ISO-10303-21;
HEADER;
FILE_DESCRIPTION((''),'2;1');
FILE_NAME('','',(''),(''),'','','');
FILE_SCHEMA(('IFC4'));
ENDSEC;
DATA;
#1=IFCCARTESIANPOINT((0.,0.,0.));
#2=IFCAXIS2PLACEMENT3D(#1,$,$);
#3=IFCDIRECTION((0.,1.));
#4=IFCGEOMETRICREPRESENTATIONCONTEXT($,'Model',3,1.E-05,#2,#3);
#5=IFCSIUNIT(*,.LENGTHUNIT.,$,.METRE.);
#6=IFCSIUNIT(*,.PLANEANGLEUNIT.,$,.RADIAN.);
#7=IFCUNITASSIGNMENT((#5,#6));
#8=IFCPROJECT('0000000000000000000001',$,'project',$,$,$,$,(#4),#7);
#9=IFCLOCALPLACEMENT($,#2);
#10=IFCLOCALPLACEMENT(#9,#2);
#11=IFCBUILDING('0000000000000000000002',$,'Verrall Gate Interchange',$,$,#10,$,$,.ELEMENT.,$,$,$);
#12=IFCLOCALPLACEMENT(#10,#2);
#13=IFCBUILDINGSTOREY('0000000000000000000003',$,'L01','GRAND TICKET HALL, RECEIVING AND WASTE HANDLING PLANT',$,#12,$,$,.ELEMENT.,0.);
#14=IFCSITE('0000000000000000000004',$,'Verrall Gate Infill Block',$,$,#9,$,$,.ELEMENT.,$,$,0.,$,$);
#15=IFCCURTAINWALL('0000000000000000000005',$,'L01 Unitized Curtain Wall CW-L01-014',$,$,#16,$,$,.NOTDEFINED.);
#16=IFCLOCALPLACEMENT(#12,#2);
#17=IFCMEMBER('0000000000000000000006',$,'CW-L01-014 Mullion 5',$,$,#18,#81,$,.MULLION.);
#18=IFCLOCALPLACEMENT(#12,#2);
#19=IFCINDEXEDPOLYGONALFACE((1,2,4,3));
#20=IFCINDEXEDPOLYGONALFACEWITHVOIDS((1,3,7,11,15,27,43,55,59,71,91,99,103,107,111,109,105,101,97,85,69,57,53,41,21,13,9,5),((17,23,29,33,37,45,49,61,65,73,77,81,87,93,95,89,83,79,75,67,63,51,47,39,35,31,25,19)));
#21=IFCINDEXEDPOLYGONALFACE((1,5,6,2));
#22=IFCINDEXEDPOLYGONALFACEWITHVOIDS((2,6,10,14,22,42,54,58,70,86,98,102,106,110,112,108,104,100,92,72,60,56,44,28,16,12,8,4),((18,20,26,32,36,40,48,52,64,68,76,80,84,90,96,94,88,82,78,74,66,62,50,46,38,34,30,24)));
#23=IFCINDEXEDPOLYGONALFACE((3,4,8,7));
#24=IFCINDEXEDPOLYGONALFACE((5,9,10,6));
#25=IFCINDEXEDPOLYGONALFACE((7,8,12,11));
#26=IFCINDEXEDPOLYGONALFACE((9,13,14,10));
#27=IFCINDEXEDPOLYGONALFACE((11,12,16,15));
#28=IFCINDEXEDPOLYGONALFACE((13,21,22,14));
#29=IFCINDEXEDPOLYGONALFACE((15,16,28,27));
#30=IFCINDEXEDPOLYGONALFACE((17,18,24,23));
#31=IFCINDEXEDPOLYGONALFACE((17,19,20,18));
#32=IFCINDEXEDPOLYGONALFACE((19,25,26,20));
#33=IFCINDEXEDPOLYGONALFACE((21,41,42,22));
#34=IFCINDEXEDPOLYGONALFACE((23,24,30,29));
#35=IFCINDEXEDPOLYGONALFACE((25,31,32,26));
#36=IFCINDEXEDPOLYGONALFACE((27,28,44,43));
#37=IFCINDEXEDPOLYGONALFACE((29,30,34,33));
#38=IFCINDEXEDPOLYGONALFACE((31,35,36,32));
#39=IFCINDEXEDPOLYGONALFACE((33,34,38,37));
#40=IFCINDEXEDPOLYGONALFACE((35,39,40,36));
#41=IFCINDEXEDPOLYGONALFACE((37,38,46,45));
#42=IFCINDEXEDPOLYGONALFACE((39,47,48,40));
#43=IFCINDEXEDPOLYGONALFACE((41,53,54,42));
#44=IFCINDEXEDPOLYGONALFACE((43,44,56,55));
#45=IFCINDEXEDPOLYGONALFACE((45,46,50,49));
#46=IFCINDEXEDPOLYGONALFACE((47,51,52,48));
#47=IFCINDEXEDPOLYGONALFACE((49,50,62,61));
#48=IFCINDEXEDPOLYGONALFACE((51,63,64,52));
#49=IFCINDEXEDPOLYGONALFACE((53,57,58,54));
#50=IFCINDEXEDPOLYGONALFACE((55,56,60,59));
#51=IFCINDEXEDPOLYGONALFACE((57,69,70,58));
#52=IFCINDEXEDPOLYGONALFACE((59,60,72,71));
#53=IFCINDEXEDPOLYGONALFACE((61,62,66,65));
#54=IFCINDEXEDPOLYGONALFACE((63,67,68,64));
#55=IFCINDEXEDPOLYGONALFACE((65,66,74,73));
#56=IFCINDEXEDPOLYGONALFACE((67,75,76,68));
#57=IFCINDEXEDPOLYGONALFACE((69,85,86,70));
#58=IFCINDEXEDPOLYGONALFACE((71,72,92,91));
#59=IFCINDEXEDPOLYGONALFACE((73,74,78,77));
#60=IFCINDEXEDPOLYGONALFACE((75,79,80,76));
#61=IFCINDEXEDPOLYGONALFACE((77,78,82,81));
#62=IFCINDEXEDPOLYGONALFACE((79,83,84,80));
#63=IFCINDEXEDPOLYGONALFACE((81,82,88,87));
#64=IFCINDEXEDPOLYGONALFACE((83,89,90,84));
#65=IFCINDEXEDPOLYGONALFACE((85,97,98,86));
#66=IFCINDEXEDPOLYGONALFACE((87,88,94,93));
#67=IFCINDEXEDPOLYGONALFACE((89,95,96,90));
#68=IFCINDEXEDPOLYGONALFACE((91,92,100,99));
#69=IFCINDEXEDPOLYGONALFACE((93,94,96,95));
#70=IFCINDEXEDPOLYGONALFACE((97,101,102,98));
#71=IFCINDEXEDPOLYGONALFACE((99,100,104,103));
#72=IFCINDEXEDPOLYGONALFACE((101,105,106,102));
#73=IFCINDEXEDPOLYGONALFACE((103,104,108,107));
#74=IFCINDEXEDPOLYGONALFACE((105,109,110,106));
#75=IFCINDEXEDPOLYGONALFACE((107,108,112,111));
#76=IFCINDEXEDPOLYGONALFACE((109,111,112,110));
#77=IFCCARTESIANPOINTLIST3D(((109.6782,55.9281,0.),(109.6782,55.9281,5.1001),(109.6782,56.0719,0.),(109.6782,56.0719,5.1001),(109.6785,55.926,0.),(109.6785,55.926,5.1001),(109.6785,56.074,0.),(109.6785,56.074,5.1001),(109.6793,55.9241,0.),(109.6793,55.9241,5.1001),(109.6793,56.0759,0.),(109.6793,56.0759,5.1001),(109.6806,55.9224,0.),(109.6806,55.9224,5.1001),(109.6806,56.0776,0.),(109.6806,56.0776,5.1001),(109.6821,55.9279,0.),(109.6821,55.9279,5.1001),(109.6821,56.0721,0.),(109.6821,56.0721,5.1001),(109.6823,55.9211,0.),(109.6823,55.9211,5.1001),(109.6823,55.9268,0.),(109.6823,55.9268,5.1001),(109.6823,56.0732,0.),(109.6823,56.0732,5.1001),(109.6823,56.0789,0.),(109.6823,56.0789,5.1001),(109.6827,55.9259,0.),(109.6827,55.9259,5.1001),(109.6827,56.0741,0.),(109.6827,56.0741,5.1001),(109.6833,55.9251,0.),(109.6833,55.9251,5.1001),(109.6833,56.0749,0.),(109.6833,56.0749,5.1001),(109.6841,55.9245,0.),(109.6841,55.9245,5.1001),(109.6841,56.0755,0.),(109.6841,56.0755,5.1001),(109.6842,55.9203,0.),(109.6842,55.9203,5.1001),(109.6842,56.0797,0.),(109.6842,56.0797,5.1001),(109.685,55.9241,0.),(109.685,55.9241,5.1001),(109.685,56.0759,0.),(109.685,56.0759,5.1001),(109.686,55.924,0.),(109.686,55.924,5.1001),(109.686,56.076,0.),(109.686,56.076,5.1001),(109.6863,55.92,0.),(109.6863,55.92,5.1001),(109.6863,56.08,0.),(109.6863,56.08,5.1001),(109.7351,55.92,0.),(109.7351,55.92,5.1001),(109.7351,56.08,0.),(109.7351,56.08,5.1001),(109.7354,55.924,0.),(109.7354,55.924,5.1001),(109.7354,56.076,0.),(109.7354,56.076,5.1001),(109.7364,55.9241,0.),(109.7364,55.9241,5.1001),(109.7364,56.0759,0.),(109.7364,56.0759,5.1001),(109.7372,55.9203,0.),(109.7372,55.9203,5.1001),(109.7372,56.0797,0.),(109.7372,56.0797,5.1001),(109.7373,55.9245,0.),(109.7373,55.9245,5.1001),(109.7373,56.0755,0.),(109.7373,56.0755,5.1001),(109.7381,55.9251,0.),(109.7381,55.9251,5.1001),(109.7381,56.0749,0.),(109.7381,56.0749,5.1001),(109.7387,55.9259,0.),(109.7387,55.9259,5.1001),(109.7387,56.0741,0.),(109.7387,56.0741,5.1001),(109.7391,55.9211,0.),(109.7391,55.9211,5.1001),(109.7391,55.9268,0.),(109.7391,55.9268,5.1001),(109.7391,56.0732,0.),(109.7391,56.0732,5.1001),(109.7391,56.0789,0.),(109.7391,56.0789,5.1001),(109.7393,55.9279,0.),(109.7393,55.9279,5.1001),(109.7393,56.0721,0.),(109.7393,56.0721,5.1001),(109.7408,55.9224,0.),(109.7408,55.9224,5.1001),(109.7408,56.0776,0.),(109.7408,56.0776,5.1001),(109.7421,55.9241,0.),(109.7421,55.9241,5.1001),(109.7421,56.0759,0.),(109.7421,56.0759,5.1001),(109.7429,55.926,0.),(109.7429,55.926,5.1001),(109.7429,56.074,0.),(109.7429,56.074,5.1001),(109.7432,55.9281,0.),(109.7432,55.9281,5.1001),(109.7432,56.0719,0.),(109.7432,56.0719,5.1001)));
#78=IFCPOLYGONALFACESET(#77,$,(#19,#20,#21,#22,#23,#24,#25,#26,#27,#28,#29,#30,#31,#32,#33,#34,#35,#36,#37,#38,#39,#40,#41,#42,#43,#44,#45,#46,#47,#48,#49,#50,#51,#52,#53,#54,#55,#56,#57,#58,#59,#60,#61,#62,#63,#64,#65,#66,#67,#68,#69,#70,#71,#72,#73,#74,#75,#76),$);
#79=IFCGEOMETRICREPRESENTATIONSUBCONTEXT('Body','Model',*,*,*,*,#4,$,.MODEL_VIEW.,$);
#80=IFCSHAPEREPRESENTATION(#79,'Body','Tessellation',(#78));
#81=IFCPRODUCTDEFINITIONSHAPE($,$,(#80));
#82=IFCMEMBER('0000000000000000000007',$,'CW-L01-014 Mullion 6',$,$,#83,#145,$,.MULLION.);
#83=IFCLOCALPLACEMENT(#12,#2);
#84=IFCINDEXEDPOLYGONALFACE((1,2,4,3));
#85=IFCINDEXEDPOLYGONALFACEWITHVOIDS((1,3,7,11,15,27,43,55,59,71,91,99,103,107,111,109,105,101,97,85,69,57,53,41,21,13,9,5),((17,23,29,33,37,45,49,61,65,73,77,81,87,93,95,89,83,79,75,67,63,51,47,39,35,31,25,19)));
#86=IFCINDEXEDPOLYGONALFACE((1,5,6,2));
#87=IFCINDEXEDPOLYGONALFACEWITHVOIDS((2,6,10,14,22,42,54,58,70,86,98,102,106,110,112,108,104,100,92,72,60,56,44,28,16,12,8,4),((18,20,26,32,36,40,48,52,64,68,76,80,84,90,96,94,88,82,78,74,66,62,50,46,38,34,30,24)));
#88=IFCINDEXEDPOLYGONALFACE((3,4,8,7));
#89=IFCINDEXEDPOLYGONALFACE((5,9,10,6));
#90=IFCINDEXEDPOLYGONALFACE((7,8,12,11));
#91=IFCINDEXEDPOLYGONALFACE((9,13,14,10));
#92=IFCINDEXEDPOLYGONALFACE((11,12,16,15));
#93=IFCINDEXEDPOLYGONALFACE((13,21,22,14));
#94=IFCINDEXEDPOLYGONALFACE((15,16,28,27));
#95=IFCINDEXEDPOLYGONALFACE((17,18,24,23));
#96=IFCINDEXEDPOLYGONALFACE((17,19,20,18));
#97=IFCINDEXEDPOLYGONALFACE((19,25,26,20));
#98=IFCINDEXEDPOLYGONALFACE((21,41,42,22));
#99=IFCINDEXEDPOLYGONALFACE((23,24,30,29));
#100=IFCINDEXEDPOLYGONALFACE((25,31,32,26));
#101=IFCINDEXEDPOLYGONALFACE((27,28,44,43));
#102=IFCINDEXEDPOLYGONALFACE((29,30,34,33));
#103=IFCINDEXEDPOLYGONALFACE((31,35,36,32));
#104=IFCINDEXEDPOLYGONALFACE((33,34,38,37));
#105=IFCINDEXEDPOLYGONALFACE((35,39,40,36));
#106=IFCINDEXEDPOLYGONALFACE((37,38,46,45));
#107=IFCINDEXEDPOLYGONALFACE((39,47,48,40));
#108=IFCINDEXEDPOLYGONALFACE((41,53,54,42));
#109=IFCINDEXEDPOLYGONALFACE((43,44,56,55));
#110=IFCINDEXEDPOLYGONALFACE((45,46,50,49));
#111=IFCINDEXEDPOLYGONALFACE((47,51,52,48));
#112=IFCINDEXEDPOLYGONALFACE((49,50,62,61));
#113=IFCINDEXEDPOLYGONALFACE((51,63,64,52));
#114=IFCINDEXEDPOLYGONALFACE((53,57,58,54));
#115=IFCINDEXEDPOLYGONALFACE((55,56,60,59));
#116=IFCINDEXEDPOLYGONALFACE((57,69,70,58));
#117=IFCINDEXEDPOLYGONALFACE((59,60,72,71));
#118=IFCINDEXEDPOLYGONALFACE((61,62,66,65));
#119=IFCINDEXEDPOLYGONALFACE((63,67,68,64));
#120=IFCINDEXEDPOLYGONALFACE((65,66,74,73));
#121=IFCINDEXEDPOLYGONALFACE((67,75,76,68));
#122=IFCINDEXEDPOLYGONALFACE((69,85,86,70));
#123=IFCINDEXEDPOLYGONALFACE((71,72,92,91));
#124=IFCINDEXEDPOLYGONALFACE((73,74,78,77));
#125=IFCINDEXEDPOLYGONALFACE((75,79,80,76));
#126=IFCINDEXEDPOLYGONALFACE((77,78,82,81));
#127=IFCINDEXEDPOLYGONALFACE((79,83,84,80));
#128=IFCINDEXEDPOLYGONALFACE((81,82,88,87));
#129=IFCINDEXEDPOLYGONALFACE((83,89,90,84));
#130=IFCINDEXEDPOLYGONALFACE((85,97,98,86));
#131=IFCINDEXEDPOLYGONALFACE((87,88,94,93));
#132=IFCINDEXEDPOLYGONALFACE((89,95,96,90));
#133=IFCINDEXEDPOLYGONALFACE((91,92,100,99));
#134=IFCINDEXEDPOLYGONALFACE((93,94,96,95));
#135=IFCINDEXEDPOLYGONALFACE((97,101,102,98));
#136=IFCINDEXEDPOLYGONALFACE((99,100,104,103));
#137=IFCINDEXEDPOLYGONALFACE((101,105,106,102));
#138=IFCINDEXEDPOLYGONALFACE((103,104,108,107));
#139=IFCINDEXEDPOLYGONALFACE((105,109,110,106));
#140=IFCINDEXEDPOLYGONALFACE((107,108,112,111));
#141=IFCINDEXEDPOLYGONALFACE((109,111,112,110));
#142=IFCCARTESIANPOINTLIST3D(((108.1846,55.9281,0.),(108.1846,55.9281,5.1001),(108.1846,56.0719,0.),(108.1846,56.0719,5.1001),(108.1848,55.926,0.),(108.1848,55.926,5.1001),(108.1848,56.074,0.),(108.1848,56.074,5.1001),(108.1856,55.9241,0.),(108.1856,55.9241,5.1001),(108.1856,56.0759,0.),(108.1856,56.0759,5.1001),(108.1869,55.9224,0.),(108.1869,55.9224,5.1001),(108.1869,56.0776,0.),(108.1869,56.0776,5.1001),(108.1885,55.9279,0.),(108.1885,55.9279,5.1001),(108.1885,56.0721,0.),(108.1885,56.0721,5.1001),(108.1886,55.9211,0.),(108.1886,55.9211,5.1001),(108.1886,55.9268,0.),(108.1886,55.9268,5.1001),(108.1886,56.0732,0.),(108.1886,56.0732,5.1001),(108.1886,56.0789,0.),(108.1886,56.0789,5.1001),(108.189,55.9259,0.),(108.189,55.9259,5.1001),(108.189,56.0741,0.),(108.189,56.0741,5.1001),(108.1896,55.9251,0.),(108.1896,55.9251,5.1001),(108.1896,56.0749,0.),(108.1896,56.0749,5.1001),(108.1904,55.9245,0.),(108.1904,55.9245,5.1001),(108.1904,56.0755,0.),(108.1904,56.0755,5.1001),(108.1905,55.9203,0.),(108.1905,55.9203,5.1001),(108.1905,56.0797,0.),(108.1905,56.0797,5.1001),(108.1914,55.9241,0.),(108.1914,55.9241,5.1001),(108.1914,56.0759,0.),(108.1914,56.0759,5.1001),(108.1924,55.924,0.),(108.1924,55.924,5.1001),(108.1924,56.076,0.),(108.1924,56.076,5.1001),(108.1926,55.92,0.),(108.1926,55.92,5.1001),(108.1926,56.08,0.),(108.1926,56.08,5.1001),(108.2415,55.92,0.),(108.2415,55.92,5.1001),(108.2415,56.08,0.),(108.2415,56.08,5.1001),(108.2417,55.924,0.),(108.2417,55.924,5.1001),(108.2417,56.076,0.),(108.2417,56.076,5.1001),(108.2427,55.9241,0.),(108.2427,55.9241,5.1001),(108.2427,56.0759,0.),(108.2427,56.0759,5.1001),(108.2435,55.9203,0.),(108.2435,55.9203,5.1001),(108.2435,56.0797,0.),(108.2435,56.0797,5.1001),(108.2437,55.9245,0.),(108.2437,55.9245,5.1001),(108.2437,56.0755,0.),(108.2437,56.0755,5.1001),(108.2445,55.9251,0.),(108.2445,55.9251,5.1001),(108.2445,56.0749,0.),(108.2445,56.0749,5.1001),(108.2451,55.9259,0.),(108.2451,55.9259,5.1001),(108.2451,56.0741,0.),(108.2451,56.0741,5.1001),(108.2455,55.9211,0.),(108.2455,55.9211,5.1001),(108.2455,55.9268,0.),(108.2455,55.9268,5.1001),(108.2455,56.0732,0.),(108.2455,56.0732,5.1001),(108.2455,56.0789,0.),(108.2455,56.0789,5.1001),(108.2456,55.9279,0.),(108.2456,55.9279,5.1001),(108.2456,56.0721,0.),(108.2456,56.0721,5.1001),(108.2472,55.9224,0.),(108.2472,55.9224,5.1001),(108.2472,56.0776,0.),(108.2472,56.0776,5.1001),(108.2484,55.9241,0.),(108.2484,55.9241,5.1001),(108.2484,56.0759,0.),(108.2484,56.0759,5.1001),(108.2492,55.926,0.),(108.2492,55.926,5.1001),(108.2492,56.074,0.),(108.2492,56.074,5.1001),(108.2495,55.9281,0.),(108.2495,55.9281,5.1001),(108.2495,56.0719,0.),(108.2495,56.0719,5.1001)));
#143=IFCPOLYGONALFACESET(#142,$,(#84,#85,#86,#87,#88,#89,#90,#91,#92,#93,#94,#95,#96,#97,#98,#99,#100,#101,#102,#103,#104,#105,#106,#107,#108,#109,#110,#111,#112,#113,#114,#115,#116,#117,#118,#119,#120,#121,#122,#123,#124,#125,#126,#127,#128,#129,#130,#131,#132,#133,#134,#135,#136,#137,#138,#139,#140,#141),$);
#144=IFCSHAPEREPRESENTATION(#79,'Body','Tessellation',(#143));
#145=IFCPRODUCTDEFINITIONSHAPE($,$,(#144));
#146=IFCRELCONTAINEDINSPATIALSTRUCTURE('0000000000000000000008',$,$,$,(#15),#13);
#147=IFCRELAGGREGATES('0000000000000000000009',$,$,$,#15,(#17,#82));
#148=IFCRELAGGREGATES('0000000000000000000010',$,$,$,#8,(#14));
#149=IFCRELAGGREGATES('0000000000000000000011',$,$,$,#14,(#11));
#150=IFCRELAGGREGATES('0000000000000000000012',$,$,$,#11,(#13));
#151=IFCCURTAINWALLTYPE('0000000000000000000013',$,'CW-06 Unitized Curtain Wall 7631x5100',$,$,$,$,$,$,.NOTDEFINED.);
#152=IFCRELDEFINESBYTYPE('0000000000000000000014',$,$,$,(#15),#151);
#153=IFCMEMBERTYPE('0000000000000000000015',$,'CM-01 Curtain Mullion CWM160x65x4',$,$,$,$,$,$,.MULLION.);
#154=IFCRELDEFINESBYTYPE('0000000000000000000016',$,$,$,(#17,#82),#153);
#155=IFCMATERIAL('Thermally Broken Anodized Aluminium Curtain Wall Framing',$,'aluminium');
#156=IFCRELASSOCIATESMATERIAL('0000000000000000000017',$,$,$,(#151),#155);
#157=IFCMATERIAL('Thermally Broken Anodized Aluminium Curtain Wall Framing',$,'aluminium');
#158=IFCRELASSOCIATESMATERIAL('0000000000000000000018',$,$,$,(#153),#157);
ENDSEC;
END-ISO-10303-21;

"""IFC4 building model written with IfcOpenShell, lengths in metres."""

from ifc_helpers import new_model, si_unit, direction, frame, origin, origin_2d, place, context, subcontext, project, spatial, hollow_rectangle, extrude, material, material_profile, profile_set, type_object, element, aggregate, save


model = new_model("IFC4")

# Units and contexts
model_context = context("Model", 3, precision=1e-05, world=origin(), true_north=direction((0.0, 1.0)))
body_context = subcontext(model_context, "Body", "Model", "MODEL_VIEW")
ifc_project = project(units=[si_unit("LENGTHUNIT", "METRE"), si_unit("PLANEANGLEUNIT", "RADIAN")], contexts=[model_context])

# Site, building, storey
site_placement = place(None, origin())
site = spatial("IfcSite", under=ifc_project, at=site_placement, Name="Verrall Gate Infill Block", CompositionType="ELEMENT", RefElevation=0.0)
building_placement = place(site_placement, origin())
building = spatial("IfcBuilding", under=site, at=building_placement, Name="Verrall Gate Interchange", CompositionType="ELEMENT")
storey_placement = place(building_placement, origin())
storey = spatial("IfcBuildingStorey", under=building, at=storey_placement, Name="L01", Description="GRAND TICKET HALL, RECEIVING AND WASTE HANDLING PLANT", CompositionType="ELEMENT", Elevation=0.0)

# Curtain wall, members
ifc_material_1 = material(Name="Thermally Broken Anodized Aluminium Curtain Wall Framing", Category="aluminium")
curtain_wall_type = type_object("IfcCurtainWallType", Name="CW-06 Unitized Curtain Wall 7631x5100", PredefinedType="NOTDEFINED", material=ifc_material_1)
curtain_wall_1_placement = place(storey_placement, origin())
curtain_wall_1 = element("IfcCurtainWall", 1, at=curtain_wall_1_placement, inside=storey, type_object=curtain_wall_type, Name="L01 Unitized Curtain Wall CW-L01-014", PredefinedType="NOTDEFINED")
ifc_material_2 = material(Name="Thermally Broken Anodized Aluminium Curtain Wall Framing", Category="aluminium")
ifc_material_profile_1 = material_profile(ifc_material_2, hollow_rectangle(XDim=0.0649, YDim=0.1599, WallThickness=0.0039, InnerFilletRadius=0.0039, OuterFilletRadius=0.0081, at=origin_2d()), Name="CWM160x65x4")
ifc_profile_set_1 = profile_set([ifc_material_profile_1], Name="Thermally Broken Anodized Aluminium Curtain Wall Framing")
member_type_1 = type_object("IfcMemberType", Name="CM-01 Curtain Mullion CWM160x65x4", PredefinedType="MULLION", material=ifc_profile_set_1)
member_1_placement = place(storey_placement, frame((109.7107, 56.0, 0.0), z_axis=(0.0, 0.0, 1.0), x_axis=(-1.0, 0.0, 0.0)))
member_1 = element("IfcMember", 2, at=member_1_placement, type_object=member_type_1, Name="CW-L01-014 Mullion 5", PredefinedType="MULLION", context=body_context, shape_type="SweptSolid", body=[
    extrude(hollow_rectangle(XDim=0.0649, YDim=0.1599, WallThickness=0.0039, InnerFilletRadius=0.0039, OuterFilletRadius=0.0081, at=origin_2d()), origin(), (0.0, 0.0, 1.0), 5.1001),
])
member_2_placement = place(storey_placement, frame((108.217, 56.0, 0.0), z_axis=(0.0, 0.0, 1.0), x_axis=(-1.0, 0.0, 0.0)))
member_2 = element("IfcMember", 3, at=member_2_placement, type_object=member_type_1, Name="CW-L01-014 Mullion 6", PredefinedType="MULLION", context=body_context, shape_type="SweptSolid", body=[
    extrude(hollow_rectangle(XDim=0.0649, YDim=0.1599, WallThickness=0.0039, InnerFilletRadius=0.0039, OuterFilletRadius=0.0081, at=origin_2d()), origin(), (0.0, 0.0, 1.0), 5.1001),
])

aggregate(curtain_wall_1, [member_1, member_2])

save(model, "model.ifc")
